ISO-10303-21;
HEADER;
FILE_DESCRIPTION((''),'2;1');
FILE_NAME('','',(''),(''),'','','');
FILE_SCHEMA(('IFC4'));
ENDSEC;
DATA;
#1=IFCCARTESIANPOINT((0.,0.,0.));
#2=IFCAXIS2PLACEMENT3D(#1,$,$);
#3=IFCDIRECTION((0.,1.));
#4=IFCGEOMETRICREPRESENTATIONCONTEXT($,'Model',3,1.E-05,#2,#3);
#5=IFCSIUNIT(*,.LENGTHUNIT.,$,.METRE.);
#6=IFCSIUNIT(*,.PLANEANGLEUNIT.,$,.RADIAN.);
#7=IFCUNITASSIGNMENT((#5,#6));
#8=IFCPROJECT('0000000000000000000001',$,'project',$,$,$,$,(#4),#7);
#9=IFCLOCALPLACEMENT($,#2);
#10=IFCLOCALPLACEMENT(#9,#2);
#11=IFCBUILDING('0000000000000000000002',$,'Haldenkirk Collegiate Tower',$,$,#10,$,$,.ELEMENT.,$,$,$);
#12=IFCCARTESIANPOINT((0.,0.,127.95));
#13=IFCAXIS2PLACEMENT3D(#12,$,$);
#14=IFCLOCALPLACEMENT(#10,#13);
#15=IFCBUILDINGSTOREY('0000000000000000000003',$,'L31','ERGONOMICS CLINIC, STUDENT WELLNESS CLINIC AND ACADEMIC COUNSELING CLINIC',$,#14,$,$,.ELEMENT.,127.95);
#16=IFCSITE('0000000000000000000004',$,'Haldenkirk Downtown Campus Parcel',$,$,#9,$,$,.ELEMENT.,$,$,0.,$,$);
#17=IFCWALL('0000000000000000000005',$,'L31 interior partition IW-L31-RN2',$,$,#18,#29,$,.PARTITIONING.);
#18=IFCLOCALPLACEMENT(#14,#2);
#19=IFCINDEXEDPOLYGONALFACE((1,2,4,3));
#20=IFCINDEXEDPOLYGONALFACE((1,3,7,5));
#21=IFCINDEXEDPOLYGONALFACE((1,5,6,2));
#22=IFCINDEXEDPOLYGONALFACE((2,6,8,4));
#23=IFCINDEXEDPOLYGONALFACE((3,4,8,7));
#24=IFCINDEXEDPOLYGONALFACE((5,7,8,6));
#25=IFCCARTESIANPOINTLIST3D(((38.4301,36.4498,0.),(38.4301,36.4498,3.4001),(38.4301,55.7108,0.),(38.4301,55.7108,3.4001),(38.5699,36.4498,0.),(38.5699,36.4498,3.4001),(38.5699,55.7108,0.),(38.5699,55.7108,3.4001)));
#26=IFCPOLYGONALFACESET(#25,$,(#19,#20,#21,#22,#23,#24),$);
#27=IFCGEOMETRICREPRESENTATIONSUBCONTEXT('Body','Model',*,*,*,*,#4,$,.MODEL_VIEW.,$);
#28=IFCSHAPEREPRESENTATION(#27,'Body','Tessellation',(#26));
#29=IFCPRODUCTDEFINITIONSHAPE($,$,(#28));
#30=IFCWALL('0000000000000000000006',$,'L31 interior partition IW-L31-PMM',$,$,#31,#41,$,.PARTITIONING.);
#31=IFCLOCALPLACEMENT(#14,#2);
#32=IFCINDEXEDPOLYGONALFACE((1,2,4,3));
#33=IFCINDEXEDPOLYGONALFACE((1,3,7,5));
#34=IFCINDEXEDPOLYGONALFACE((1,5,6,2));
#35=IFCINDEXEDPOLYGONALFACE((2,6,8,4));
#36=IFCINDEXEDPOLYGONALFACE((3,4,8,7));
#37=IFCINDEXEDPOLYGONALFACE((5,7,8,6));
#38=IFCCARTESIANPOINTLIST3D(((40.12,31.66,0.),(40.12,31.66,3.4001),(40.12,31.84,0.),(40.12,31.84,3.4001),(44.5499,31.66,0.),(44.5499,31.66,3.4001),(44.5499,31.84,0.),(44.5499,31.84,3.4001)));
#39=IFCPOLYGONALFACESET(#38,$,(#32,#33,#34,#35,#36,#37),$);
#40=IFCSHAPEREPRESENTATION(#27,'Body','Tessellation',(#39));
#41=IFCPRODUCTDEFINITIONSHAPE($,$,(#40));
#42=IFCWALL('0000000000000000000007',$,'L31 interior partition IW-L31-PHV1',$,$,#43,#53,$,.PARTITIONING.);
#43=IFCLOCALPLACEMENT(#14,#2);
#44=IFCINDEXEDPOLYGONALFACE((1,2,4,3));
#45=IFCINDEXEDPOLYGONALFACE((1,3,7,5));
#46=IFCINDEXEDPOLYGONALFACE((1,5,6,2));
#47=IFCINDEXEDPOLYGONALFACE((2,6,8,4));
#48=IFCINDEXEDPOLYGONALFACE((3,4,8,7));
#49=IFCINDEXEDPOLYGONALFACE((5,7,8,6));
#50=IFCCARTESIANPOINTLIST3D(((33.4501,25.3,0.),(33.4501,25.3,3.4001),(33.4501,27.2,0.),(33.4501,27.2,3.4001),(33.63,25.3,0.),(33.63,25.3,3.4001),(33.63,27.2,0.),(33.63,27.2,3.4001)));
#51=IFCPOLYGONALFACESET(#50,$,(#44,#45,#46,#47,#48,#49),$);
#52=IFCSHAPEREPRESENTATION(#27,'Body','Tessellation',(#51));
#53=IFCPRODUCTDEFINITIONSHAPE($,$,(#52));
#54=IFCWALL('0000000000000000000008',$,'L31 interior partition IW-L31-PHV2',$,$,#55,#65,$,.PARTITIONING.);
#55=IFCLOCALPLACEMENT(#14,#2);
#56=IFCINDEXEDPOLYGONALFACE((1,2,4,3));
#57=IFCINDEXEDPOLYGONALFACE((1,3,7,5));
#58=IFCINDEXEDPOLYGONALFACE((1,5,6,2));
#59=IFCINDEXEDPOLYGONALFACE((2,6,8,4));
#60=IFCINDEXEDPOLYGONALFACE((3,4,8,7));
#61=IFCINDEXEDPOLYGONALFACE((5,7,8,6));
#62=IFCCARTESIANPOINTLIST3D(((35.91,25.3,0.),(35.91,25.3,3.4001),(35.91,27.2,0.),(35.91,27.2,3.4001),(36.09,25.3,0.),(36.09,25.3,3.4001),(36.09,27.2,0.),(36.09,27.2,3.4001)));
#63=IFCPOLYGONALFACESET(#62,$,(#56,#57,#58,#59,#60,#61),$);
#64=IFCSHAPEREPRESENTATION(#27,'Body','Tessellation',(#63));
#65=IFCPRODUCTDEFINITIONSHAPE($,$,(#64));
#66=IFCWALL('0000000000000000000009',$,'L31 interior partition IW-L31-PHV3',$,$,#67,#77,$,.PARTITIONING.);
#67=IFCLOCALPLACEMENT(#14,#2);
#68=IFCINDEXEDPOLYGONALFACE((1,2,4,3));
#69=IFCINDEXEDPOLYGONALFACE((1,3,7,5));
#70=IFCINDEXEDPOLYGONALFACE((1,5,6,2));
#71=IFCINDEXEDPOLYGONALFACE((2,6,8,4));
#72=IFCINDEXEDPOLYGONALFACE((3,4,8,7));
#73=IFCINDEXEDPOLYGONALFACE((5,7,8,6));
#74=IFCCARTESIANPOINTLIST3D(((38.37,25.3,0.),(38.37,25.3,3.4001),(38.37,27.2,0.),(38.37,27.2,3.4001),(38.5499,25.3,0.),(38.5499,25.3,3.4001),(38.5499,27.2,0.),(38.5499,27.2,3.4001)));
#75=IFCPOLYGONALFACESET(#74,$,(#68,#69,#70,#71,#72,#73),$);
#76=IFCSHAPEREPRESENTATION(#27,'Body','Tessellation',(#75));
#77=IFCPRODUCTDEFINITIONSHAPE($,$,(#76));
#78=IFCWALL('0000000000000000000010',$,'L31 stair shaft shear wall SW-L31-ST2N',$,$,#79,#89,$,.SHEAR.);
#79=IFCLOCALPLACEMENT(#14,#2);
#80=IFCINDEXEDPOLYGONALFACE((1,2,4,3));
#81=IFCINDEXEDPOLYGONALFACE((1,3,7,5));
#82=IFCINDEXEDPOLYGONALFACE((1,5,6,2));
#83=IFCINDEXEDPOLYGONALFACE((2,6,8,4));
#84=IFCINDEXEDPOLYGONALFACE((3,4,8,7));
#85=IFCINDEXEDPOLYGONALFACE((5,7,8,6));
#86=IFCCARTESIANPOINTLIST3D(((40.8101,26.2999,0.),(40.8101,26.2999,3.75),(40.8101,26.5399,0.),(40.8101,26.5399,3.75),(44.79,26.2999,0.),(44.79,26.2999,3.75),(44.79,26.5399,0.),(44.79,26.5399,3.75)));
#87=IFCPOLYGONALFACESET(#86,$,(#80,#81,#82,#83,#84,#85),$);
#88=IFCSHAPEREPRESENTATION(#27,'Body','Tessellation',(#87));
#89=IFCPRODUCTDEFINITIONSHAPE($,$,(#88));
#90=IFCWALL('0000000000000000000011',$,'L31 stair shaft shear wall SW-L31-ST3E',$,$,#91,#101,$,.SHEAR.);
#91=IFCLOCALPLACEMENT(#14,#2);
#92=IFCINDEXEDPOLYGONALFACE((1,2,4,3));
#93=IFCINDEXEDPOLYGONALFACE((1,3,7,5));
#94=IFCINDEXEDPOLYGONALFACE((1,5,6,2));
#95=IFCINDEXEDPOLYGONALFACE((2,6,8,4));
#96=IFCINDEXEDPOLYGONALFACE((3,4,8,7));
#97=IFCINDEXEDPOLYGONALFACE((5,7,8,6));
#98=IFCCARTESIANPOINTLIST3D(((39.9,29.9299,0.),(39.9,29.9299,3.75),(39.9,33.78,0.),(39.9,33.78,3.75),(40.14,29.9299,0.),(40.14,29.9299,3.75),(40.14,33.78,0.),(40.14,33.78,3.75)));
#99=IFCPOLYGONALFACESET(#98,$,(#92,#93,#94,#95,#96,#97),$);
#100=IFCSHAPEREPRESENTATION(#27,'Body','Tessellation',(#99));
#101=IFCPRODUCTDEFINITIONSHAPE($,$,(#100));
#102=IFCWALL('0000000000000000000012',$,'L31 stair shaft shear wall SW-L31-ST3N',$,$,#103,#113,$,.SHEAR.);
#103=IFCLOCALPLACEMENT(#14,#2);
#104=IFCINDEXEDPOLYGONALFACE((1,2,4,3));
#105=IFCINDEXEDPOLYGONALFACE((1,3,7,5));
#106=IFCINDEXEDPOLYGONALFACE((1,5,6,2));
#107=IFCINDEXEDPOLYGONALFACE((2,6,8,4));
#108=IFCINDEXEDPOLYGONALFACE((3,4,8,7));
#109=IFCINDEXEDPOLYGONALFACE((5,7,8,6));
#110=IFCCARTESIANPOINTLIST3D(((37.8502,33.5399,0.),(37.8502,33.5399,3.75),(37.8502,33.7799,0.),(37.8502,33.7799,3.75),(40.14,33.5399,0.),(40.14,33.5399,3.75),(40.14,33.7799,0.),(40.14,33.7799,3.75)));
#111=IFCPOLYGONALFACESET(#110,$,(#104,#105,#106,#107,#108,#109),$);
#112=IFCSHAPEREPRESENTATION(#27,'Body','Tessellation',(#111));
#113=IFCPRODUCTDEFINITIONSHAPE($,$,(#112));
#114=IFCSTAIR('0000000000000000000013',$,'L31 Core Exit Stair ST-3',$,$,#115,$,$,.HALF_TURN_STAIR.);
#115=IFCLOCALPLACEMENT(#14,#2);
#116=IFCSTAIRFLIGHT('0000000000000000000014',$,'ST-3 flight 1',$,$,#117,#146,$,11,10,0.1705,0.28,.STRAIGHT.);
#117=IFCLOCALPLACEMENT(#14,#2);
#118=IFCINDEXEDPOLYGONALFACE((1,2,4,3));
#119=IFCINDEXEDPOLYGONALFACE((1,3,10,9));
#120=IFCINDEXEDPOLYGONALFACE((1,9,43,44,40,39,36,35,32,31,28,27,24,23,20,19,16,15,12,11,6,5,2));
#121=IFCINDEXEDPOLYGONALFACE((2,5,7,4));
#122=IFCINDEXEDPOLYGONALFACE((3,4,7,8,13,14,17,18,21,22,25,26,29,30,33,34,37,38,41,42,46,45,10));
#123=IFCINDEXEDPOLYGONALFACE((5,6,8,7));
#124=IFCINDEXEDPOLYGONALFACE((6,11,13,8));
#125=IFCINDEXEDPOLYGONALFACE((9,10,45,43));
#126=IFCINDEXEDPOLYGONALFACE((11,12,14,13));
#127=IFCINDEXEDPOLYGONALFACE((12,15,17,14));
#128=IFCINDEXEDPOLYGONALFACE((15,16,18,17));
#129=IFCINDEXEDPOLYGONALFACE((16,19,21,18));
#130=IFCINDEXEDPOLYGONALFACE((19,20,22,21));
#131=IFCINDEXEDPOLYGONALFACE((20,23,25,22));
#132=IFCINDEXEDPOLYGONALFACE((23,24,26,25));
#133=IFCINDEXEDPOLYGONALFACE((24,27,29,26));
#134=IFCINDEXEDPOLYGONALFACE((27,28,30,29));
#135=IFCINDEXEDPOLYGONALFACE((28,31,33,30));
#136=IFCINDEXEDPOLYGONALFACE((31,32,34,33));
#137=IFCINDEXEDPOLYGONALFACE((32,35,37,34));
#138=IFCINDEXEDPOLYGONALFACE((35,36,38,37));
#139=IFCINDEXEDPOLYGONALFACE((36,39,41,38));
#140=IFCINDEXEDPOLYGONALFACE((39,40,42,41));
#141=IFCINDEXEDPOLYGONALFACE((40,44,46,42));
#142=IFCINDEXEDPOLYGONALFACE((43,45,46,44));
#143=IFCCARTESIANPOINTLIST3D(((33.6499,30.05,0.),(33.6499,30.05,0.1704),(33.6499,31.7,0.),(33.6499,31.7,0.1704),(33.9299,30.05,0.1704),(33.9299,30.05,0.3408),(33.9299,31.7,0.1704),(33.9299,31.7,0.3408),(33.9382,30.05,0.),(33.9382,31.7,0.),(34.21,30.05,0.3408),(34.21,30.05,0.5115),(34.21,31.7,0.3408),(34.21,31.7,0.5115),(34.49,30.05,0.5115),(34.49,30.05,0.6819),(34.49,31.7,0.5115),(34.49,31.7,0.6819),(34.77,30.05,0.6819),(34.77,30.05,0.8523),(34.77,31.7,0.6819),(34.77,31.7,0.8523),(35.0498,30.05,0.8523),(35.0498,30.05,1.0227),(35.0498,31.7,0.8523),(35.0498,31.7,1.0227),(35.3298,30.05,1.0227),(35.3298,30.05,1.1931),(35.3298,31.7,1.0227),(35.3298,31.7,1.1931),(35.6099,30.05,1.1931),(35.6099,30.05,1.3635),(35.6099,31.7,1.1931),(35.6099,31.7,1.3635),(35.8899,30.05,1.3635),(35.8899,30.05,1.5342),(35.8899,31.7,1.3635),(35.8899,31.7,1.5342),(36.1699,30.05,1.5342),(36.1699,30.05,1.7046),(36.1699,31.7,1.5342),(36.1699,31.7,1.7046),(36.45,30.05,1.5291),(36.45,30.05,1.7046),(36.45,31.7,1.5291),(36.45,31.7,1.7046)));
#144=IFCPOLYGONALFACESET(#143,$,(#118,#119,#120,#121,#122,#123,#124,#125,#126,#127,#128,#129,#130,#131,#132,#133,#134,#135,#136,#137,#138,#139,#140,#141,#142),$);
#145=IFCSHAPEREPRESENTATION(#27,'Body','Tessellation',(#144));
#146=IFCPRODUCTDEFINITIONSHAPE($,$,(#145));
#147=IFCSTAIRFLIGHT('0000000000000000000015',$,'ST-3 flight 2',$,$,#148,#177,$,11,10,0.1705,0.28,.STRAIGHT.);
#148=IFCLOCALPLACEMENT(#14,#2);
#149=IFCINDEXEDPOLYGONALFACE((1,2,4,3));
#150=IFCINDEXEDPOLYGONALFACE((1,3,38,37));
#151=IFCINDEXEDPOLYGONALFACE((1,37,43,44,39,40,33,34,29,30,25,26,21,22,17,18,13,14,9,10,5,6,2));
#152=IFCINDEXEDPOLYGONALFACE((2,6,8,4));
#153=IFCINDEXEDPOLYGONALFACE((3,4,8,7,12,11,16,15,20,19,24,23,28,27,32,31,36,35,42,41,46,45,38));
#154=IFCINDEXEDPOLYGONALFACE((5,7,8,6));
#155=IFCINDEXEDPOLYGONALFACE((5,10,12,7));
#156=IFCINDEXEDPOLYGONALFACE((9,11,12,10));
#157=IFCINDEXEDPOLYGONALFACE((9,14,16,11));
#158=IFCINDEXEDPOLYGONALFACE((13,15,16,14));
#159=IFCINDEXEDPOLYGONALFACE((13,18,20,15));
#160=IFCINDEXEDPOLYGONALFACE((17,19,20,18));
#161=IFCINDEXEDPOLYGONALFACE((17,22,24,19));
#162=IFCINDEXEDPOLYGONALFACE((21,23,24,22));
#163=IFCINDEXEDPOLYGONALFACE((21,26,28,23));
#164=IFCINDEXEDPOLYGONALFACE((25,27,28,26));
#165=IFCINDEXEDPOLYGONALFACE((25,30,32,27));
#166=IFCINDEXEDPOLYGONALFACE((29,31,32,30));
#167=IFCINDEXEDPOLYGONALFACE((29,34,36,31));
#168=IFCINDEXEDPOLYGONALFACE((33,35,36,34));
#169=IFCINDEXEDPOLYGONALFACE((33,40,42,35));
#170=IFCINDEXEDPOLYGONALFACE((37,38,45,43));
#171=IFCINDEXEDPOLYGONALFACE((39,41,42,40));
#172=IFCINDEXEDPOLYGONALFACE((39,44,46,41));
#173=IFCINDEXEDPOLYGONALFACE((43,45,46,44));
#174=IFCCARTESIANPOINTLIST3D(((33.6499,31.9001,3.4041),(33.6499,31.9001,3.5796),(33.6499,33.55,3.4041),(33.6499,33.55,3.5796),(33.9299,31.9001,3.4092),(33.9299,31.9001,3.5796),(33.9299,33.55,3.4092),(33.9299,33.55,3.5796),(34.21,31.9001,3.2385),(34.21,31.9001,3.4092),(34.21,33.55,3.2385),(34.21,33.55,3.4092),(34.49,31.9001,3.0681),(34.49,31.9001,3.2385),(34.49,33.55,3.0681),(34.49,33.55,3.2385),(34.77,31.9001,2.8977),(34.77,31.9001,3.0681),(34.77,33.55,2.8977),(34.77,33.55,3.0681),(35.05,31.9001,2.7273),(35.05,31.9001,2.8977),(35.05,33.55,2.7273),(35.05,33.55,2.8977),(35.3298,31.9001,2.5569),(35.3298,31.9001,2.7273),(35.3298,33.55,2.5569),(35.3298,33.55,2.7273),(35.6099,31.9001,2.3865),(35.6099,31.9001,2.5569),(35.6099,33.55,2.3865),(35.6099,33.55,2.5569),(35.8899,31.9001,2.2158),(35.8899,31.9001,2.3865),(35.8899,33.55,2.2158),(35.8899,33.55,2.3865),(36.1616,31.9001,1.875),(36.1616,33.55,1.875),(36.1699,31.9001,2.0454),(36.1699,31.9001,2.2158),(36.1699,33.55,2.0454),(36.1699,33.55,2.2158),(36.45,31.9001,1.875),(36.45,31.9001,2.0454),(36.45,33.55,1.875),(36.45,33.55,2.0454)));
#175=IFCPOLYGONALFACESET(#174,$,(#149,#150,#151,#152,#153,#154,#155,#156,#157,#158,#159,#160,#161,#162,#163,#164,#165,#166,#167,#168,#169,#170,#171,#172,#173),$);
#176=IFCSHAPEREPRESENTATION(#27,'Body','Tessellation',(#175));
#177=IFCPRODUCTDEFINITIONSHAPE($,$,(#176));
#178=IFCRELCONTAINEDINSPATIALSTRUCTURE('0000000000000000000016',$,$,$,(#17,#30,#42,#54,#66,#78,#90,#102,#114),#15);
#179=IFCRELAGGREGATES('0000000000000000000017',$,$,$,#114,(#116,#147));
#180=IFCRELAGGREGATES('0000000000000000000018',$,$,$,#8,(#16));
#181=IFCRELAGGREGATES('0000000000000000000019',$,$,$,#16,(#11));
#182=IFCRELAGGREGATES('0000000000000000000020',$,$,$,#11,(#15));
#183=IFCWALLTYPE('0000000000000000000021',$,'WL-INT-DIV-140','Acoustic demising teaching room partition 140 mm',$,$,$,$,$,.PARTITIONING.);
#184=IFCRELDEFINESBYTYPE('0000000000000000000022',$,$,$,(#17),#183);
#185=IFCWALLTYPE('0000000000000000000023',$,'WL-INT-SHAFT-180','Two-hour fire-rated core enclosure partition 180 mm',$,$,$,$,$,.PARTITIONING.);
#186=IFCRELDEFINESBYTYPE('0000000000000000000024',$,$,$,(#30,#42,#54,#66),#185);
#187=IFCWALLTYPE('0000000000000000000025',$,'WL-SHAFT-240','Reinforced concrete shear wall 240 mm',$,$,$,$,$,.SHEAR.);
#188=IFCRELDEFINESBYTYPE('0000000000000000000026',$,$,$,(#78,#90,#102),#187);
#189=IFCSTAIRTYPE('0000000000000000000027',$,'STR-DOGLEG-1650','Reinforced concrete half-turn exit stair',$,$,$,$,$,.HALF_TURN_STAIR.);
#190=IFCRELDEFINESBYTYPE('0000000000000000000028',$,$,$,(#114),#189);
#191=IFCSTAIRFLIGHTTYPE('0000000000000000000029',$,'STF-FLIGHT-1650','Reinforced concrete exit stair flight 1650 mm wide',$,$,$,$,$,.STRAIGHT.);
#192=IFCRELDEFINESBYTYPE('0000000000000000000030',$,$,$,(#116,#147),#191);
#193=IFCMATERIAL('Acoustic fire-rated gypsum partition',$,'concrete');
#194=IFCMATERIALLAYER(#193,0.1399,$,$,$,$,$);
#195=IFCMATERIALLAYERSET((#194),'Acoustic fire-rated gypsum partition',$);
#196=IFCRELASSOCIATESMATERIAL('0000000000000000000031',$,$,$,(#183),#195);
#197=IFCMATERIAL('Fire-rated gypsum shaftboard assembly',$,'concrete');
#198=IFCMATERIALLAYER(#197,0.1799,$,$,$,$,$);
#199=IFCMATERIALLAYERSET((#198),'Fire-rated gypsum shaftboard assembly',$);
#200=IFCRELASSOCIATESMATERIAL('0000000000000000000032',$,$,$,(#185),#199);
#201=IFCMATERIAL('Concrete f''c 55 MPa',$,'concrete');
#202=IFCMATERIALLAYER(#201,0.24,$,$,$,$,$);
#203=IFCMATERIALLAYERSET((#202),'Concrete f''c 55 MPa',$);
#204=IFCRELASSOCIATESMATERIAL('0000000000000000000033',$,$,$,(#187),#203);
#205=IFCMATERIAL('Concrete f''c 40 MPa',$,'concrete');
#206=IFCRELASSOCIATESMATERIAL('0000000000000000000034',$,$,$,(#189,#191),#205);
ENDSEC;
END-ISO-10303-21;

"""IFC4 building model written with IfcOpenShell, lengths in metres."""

from ifc_helpers import new_model, si_unit, direction, frame, frame_2d, origin, place, context, subcontext, project, spatial, polyline, rectangle, outline, extrude, material, layer, layer_set, type_object, element, aggregate, save


model = new_model("IFC4")

# Units and contexts
model_context = context("Model", 3, precision=1e-05, world=origin(), true_north=direction((0.0, 1.0)))
body_context = subcontext(model_context, "Body", "Model", "MODEL_VIEW")
ifc_project = project(units=[si_unit("LENGTHUNIT", "METRE"), si_unit("PLANEANGLEUNIT", "RADIAN")], contexts=[model_context])

# Site, building, storey
site_placement = place(None, origin())
site = spatial("IfcSite", under=ifc_project, at=site_placement, Name="Haldenkirk Downtown Campus Parcel", CompositionType="ELEMENT", RefElevation=0.0)
building_placement = place(site_placement, origin())
building = spatial("IfcBuilding", under=site, at=building_placement, Name="Haldenkirk Collegiate Tower", CompositionType="ELEMENT")
storey_placement = place(building_placement, frame((0.0, 0.0, 127.95)))
storey = spatial("IfcBuildingStorey", under=building, at=storey_placement, Name="L31", Description="ERGONOMICS CLINIC, STUDENT WELLNESS CLINIC AND ACADEMIC COUNSELING CLINIC", CompositionType="ELEMENT", Elevation=127.95)

# Shared definitions
ifc_material_1 = material(Name="Acoustic fire-rated gypsum partition", Category="concrete")

# Wall
ifc_layer_1 = layer(ifc_material_1, 0.1399)
ifc_layer_set_1 = layer_set([ifc_layer_1], Name="Acoustic fire-rated gypsum partition")
wall_type_1 = type_object("IfcWallType", Name="WL-INT-DIV-140", Description="Acoustic demising teaching room partition 140 mm", PredefinedType="PARTITIONING", material=ifc_layer_set_1)
wall_1_placement = place(storey_placement, frame((38.5, 36.45, 0.0), z_axis=(0.0, 0.0, 1.0), x_axis=(0.0, 1.0, 0.0)))
element("IfcWall", 1, at=wall_1_placement, inside=storey, type_object=wall_type_1, Name="L31 interior partition IW-L31-RN2", PredefinedType="PARTITIONING", context=body_context, shape_type="SweptSolid", body=[
    extrude(rectangle(XDim=19.261, YDim=0.1399, at=frame_2d((9.6304, 0.0))), origin(), (0.0, 0.0, 1.0), 3.4001),
])

# Shared definitions
ifc_material_2 = material(Name="Fire-rated gypsum shaftboard assembly", Category="concrete")
ifc_layer_2 = layer(ifc_material_2, 0.1799)
ifc_layer_set_2 = layer_set([ifc_layer_2], Name="Fire-rated gypsum shaftboard assembly")
wall_type_2 = type_object("IfcWallType", Name="WL-INT-SHAFT-180", Description="Two-hour fire-rated core enclosure partition 180 mm", PredefinedType="PARTITIONING", material=ifc_layer_set_2)

# Walls
wall_2_placement = place(storey_placement, frame((40.1201, 31.75, 0.0), z_axis=(0.0, 0.0, 1.0), x_axis=(1.0, 0.0, 0.0)))
element("IfcWall", 2, at=wall_2_placement, inside=storey, type_object=wall_type_2, Name="L31 interior partition IW-L31-PMM", PredefinedType="PARTITIONING", context=body_context, shape_type="SweptSolid", body=[
    extrude(rectangle(XDim=4.4299, YDim=0.1799, at=frame_2d((2.2148, 0.0))), origin(), (0.0, 0.0, 1.0), 3.4001),
])
for number, where, z_axis, x_axis, name in (
    (3, (33.54, 25.3, 0.0), (0.0, 0.0, 1.0), (0.0, 1.0, 0.0), "L31 interior partition IW-L31-PHV1"),
    (4, (36.0, 25.3, 0.0), (0.0, 0.0, 1.0), (0.0, 1.0, 0.0), "L31 interior partition IW-L31-PHV2"),
    (5, (38.46, 25.3, 0.0), (0.0, 0.0, 1.0), (0.0, 1.0, 0.0), "L31 interior partition IW-L31-PHV3"),
):
    element("IfcWall", number, at=place(storey_placement, frame(where, z_axis=z_axis, x_axis=x_axis)), inside=storey, type_object=wall_type_2, Name=name, PredefinedType="PARTITIONING", context=body_context, shape_type="SweptSolid", body=[
        extrude(rectangle(XDim=1.8999, YDim=0.1799, at=frame_2d((0.95, 0.0))), origin(), (0.0, 0.0, 1.0), 3.4001),
    ])
ifc_material_3 = material(Name="Concrete f'c 55 MPa", Category="concrete")
ifc_layer_3 = layer(ifc_material_3, 0.24)
ifc_layer_set_3 = layer_set([ifc_layer_3], Name="Concrete f'c 55 MPa")
wall_type_3 = type_object("IfcWallType", Name="WL-SHAFT-240", Description="Reinforced concrete shear wall 240 mm", PredefinedType="SHEAR", material=ifc_layer_set_3)
wall_3_placement = place(storey_placement, frame((40.8101, 26.4199, 0.0), z_axis=(0.0, 0.0, 1.0), x_axis=(1.0, 0.0, 0.0)))
element("IfcWall", 6, at=wall_3_placement, inside=storey, type_object=wall_type_3, Name="L31 stair shaft shear wall SW-L31-ST2N", PredefinedType="SHEAR", context=body_context, shape_type="SweptSolid", body=[
    extrude(rectangle(XDim=3.98, YDim=0.24, at=frame_2d((1.99, 0.0))), origin(), (0.0, 0.0, 1.0), 3.75),
])
wall_4_placement = place(storey_placement, frame((40.02, 29.9299, 0.0), z_axis=(0.0, 0.0, 1.0), x_axis=(0.0, 1.0, 0.0)))
element("IfcWall", 7, at=wall_4_placement, inside=storey, type_object=wall_type_3, Name="L31 stair shaft shear wall SW-L31-ST3E", PredefinedType="SHEAR", context=body_context, shape_type="SweptSolid", body=[
    extrude(rectangle(XDim=3.8501, YDim=0.24, at=frame_2d((1.925, 0.0))), origin(), (0.0, 0.0, 1.0), 3.75),
])
wall_5_placement = place(storey_placement, frame((37.8501, 33.6599, 0.0), z_axis=(0.0, 0.0, 1.0), x_axis=(1.0, 0.0, 0.0)))
element("IfcWall", 8, at=wall_5_placement, inside=storey, type_object=wall_type_3, Name="L31 stair shaft shear wall SW-L31-ST3N", PredefinedType="SHEAR", context=body_context, shape_type="SweptSolid", body=[
    extrude(rectangle(XDim=2.2898, YDim=0.24, at=frame_2d((1.145, 0.0))), origin(), (0.0, 0.0, 1.0), 3.75),
])

# Stair, stair flights
ifc_material_4 = material(Name="Concrete f'c 40 MPa", Category="concrete")
stair_type = type_object("IfcStairType", Name="STR-DOGLEG-1650", Description="Reinforced concrete half-turn exit stair", PredefinedType="HALF_TURN_STAIR", material=ifc_material_4)
stair_placement = place(storey_placement, origin())
stair = element("IfcStair", 9, at=stair_placement, inside=storey, type_object=stair_type, Name="L31 Core Exit Stair ST-3", PredefinedType="HALF_TURN_STAIR")
stair_flight_type = type_object("IfcStairFlightType", Name="STF-FLIGHT-1650", Description="Reinforced concrete exit stair flight 1650 mm wide", PredefinedType="STRAIGHT", material=ifc_material_4)
stair_flight_1_placement = place(storey_placement, frame((33.6499, 30.875, 0.0), z_axis=(0.0, 0.0, 1.0), x_axis=(1.0, 0.0, 0.0)))
stair_flight_1 = element("IfcStairFlight", 10, at=stair_flight_1_placement, type_object=stair_flight_type, Name="ST-3 flight 1", NumberOfRisers=11, NumberOfTreads=10, PredefinedType="STRAIGHT", RiserHeight=0.1705, TreadLength=0.28, context=body_context, shape_type="SweptSolid", body=[
    extrude(outline(polyline([(0.0, 0.0), (0.0, 0.1704), (0.28, 0.1704), (0.28, 0.3408), (0.5601, 0.3408), (0.5601, 0.5115), (0.8401, 0.5115), (0.8401, 0.6819), (1.1201, 0.6819), (1.1201, 0.8523), (1.3999, 0.8523), (1.3999, 1.0227), (1.6799, 1.0227), (1.6799, 1.1931), (1.96, 1.1931), (1.96, 1.3635), (2.24, 1.3635), (2.24, 1.5342), (2.52, 1.5342), (2.52, 1.7046), (2.8, 1.7046), (2.8, 1.875), (2.8, 1.5291), (0.2883, 0.0), (0.0, 0.0)])), frame((0.0, 0.825, 0.0), z_axis=(0.0, -1.0, 0.0), x_axis=(1.0, 0.0, 0.0)), (0.0, 0.0, 1.0), 1.6499),
])
stair_flight_2_placement = place(storey_placement, frame((36.45, 32.7251, 1.875), z_axis=(0.0, 0.0, 1.0), x_axis=(-1.0, 0.0, 0.0)))
stair_flight_2 = element("IfcStairFlight", 11, at=stair_flight_2_placement, type_object=stair_flight_type, Name="ST-3 flight 2", NumberOfRisers=11, NumberOfTreads=10, PredefinedType="STRAIGHT", RiserHeight=0.1705, TreadLength=0.28, context=body_context, shape_type="SweptSolid", body=[
    extrude(outline(polyline([(0.0, 0.0), (0.0, 0.1704), (0.28, 0.1704), (0.28, 0.3408), (0.5601, 0.3408), (0.5601, 0.5115), (0.8401, 0.5115), (0.8401, 0.6819), (1.1201, 0.6819), (1.1201, 0.8523), (1.3999, 0.8523), (1.3999, 1.0227), (1.6799, 1.0227), (1.6799, 1.1931), (1.96, 1.1931), (1.96, 1.3635), (2.24, 1.3635), (2.24, 1.5342), (2.52, 1.5342), (2.52, 1.7046), (2.8, 1.7046), (2.8, 1.875), (2.8, 1.5291), (0.2883, 0.0), (0.0, 0.0)])), frame((0.0, 0.825, 0.0), z_axis=(0.0, -1.0, 0.0), x_axis=(1.0, 0.0, 0.0)), (0.0, 0.0, 1.0), 1.6499),
])
aggregate(stair, [stair_flight_1, stair_flight_2])

save(model, "model.ifc")
